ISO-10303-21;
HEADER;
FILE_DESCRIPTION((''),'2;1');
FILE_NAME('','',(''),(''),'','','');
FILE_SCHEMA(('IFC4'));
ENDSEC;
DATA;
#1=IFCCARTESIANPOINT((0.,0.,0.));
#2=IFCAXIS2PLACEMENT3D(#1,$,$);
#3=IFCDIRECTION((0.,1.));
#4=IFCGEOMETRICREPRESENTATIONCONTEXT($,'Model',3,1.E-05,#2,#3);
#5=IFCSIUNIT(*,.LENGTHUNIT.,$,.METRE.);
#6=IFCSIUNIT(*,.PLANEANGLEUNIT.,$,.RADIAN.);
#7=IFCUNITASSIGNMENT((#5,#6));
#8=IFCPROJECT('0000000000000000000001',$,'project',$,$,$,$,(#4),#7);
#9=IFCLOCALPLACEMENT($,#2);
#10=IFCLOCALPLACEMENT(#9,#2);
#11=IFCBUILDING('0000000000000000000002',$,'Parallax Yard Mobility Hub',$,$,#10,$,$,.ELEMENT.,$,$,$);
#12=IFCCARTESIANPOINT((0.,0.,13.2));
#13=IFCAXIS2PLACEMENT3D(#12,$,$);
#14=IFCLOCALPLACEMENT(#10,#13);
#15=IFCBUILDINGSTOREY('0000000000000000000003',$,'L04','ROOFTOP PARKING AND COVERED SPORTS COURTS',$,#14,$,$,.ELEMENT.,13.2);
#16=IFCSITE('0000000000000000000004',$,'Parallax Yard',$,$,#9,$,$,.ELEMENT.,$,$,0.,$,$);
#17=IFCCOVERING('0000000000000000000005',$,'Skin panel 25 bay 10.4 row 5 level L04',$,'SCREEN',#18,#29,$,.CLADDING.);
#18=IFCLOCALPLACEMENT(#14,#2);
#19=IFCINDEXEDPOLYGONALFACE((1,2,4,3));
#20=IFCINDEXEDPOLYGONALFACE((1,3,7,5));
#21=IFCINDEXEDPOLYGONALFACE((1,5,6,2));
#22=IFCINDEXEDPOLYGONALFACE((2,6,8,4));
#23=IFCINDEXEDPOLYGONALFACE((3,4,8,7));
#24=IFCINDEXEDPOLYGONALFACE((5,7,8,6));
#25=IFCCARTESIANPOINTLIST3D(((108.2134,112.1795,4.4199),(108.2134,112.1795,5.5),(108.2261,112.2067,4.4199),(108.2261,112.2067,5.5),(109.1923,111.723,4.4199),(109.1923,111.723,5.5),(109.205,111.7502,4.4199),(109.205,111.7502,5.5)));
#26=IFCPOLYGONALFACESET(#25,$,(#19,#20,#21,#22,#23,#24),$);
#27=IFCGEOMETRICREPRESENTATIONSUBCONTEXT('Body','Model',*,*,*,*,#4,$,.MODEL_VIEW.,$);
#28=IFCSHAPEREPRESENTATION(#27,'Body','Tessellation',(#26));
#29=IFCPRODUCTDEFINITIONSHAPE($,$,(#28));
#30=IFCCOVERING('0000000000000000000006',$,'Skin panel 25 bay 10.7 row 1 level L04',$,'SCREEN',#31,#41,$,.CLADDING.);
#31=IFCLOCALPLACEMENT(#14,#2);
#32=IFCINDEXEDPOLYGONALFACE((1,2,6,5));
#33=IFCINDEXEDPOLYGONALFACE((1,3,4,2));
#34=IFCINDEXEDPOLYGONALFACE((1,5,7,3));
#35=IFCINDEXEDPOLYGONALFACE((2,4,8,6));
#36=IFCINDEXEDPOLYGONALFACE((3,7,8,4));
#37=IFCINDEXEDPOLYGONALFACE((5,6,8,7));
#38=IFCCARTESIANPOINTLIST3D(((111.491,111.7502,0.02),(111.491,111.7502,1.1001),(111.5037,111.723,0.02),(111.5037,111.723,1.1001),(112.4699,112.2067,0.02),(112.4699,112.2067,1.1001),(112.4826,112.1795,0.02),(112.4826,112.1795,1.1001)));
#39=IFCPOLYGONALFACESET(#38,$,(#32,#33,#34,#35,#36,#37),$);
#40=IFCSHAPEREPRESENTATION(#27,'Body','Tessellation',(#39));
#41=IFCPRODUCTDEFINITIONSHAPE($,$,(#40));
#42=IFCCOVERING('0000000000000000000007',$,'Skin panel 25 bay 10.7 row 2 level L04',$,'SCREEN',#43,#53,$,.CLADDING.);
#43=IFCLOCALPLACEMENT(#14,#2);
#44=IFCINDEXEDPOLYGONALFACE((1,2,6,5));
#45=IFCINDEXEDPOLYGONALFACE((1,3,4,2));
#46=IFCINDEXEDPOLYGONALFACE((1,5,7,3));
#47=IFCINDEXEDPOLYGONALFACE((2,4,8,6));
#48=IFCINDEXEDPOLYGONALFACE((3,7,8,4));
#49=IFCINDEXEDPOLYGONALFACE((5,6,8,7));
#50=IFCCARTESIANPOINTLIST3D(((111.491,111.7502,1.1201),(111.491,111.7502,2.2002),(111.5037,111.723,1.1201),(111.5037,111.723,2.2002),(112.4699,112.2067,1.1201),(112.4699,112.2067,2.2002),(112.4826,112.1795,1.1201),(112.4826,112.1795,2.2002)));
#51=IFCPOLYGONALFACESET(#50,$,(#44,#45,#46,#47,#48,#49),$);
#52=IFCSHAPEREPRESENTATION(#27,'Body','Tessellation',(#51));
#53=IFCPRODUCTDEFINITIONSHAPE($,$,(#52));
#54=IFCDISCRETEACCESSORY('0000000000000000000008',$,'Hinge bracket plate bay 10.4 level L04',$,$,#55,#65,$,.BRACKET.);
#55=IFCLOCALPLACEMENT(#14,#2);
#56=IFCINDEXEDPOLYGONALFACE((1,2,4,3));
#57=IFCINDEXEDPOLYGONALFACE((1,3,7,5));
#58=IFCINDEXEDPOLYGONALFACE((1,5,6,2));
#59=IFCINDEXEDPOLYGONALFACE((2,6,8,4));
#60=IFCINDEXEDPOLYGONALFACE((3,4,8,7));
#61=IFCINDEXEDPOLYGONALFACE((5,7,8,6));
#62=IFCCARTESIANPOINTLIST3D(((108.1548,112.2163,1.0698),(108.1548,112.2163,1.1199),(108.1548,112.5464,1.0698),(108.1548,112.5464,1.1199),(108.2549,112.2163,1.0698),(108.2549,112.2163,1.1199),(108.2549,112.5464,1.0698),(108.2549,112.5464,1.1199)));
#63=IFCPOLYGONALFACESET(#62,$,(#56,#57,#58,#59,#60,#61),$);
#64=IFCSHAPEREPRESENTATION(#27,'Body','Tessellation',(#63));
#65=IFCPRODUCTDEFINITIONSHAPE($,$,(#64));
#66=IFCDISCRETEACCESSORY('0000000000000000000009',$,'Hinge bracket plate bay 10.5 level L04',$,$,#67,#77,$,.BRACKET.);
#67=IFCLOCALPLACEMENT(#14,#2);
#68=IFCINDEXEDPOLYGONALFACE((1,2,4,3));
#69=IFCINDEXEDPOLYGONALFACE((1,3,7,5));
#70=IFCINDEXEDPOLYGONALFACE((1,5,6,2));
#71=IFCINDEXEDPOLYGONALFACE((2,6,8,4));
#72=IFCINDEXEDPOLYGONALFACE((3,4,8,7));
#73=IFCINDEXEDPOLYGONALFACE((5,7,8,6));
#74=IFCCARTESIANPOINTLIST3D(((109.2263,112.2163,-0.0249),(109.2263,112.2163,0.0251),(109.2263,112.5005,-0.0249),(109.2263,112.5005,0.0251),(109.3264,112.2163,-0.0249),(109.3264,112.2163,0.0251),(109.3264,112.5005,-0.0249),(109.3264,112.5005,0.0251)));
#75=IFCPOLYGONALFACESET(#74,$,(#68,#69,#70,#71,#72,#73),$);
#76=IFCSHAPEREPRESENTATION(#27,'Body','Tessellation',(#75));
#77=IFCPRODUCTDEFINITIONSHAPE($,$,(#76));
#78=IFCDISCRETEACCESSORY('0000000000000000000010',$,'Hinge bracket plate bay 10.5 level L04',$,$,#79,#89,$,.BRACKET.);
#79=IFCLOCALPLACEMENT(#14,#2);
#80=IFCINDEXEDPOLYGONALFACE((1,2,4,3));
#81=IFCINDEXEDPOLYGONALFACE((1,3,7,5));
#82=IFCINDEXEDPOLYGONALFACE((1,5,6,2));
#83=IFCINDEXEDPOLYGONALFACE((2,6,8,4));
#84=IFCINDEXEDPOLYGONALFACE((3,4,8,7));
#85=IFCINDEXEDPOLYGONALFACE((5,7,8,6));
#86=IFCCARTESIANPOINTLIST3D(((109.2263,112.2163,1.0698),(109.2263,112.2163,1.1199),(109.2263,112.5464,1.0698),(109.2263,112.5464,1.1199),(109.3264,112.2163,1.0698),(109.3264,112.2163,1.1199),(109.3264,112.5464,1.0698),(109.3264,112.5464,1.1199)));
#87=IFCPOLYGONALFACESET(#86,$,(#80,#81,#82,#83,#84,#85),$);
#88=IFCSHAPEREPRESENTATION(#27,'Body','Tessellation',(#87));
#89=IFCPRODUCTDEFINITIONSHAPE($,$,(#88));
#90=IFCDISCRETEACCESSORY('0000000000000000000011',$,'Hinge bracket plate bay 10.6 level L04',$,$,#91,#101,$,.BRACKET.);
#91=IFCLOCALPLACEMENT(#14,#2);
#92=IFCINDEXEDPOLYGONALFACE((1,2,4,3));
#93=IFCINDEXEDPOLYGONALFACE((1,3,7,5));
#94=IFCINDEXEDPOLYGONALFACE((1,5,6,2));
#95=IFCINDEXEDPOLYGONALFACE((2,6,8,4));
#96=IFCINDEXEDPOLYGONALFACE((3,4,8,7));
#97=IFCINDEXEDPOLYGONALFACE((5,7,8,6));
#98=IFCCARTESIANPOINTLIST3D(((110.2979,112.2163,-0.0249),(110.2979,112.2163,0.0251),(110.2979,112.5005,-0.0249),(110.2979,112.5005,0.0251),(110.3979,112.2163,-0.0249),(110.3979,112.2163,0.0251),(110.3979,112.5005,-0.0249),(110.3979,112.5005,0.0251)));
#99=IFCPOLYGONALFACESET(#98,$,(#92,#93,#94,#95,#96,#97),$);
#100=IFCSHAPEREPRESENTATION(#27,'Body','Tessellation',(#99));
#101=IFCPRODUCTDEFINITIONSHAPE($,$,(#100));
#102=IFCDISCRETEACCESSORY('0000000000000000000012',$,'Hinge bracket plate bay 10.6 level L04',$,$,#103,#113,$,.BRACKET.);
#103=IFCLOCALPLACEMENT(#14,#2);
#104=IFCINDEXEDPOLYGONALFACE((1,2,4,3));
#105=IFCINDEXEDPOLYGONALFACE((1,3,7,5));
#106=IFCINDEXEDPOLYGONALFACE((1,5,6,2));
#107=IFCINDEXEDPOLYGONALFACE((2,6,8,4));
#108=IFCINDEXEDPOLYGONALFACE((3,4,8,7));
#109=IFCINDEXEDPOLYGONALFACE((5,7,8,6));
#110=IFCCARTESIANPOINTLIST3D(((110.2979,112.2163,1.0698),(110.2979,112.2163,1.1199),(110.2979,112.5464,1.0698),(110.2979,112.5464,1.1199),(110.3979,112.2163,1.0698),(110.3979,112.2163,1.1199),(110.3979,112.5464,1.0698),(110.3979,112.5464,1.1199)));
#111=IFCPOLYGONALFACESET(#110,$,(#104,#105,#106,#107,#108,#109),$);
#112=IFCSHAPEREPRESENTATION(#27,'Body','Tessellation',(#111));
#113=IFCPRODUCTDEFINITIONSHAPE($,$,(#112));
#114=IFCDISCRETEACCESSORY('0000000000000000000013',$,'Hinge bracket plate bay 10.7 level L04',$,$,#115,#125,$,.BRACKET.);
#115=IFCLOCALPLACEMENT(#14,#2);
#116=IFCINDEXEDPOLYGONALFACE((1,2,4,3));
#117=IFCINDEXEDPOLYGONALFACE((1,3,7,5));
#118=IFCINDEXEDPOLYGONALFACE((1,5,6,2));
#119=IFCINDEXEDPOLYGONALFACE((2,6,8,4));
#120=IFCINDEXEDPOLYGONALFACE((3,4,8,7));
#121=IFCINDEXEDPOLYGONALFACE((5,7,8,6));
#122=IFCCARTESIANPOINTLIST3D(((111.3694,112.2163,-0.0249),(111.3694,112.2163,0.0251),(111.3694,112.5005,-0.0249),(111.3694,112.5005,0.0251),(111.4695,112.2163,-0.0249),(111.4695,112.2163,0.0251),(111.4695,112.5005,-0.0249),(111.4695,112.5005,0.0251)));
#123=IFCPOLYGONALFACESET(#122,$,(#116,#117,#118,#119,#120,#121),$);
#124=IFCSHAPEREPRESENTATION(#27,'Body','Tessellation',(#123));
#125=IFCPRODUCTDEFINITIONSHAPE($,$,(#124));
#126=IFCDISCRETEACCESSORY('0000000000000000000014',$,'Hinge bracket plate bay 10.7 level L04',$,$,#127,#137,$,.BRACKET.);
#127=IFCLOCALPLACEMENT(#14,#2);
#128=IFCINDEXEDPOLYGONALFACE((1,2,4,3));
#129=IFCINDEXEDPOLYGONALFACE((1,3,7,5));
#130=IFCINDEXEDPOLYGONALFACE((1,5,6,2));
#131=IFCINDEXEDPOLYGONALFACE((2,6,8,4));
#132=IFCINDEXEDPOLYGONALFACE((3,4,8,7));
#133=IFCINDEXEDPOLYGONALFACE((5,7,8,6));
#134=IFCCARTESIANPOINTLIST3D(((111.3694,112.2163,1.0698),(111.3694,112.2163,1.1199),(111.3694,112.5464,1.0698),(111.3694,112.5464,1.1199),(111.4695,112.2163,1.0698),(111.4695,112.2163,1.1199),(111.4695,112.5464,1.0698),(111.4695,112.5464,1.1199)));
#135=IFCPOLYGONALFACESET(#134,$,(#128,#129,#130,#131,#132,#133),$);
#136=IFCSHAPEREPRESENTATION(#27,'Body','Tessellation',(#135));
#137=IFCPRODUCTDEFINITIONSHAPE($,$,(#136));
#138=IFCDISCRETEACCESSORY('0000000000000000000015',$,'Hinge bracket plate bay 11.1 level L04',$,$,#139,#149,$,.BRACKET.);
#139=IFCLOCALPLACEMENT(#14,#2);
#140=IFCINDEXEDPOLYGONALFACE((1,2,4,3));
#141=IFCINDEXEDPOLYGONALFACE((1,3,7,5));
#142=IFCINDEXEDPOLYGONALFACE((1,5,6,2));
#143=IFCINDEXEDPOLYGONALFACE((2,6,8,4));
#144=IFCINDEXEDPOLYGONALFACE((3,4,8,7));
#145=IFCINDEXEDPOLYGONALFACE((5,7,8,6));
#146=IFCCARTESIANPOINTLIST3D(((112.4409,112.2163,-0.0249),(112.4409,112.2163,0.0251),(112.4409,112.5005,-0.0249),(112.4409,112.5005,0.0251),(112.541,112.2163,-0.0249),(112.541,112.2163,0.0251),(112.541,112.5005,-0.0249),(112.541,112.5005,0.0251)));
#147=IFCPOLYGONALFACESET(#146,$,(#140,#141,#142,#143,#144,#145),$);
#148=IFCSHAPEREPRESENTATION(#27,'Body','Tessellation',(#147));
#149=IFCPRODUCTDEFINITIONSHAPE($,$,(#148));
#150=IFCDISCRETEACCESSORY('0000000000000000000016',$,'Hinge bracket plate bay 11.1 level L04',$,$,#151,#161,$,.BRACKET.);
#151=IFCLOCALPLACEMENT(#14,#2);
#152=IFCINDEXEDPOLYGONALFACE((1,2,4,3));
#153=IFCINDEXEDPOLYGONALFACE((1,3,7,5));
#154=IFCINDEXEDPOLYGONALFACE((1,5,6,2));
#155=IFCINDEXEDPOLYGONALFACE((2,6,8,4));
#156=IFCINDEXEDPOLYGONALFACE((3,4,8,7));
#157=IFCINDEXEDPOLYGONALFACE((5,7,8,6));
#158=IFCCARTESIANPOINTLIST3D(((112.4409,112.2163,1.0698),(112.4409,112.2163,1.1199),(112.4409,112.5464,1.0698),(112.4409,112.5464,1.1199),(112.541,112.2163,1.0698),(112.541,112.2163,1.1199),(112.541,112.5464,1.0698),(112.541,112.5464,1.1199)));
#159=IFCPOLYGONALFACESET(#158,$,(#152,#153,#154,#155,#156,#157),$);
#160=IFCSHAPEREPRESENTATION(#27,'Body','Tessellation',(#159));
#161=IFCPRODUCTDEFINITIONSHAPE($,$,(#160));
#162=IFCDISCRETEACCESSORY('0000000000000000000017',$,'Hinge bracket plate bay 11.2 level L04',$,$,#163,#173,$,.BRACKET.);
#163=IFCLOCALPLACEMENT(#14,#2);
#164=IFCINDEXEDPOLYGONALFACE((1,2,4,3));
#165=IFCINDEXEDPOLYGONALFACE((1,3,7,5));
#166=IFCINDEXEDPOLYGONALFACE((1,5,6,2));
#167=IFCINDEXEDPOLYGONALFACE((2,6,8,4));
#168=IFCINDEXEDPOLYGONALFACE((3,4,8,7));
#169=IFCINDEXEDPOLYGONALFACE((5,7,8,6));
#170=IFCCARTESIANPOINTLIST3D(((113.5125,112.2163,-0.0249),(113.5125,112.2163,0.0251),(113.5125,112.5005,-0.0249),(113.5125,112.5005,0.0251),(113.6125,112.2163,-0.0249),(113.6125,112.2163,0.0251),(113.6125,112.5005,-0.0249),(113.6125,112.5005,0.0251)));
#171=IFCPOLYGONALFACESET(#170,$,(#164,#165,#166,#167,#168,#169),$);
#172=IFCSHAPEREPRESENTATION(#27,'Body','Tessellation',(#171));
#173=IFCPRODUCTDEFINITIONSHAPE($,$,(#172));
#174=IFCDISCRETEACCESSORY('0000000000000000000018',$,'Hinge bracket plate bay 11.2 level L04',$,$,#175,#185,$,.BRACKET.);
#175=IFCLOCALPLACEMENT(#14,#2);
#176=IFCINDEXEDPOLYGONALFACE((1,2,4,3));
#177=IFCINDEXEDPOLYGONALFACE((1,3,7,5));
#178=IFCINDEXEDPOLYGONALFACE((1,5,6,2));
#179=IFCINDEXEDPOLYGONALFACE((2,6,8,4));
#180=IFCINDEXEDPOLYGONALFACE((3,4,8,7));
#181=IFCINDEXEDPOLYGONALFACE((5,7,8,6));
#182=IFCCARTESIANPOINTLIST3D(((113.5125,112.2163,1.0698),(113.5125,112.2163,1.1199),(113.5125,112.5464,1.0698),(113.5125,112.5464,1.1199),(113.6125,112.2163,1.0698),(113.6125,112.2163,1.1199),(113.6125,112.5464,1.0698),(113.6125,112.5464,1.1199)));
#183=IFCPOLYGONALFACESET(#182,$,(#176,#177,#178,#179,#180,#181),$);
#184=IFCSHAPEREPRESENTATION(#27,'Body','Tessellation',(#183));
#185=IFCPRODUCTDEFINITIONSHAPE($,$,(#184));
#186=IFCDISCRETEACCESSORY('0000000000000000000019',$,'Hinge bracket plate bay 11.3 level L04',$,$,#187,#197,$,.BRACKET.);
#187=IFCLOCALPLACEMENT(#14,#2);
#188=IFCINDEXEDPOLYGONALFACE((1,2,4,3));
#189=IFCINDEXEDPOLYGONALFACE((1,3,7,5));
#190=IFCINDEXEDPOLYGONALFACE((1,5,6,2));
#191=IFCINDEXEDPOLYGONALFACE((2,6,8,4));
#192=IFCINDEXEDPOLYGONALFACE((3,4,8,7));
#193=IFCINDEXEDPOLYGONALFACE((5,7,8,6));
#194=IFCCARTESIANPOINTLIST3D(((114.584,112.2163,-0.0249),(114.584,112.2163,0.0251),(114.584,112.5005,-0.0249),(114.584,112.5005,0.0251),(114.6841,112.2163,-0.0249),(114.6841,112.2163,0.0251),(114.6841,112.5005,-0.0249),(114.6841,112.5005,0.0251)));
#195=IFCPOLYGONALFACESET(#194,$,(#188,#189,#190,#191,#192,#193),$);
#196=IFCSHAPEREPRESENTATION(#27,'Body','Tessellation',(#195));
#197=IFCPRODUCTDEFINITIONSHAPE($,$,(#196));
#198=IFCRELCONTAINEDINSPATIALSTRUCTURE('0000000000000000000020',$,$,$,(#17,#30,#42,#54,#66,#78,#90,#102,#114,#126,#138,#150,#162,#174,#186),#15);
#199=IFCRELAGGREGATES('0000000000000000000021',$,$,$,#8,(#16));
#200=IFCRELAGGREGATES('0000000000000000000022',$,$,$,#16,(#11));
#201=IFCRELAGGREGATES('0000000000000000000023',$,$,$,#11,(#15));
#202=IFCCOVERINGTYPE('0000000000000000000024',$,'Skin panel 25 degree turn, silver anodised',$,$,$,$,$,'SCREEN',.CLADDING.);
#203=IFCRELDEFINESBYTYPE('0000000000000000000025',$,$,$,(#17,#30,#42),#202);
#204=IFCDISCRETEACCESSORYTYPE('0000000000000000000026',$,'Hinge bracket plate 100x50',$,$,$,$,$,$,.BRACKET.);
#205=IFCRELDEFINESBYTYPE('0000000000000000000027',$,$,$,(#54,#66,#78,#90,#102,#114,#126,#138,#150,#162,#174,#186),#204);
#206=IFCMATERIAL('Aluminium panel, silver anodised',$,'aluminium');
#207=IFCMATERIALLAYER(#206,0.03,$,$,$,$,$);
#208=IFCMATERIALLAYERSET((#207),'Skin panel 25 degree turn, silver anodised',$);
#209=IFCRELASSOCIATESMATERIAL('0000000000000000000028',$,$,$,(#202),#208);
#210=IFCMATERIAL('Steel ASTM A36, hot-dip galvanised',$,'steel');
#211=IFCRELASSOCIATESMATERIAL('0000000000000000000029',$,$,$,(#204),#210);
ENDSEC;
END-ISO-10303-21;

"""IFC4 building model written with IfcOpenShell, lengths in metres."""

from ifc_helpers import new_model, si_unit, direction, frame, origin, origin_2d, place, context, subcontext, project, spatial, rectangle, extrude, material, layer, layer_set, type_object, element, save


model = new_model("IFC4")

# Units and contexts
model_context = context("Model", 3, precision=1e-05, world=origin(), true_north=direction((0.0, 1.0)))
body_context = subcontext(model_context, "Body", "Model", "MODEL_VIEW")
ifc_project = project(units=[si_unit("LENGTHUNIT", "METRE"), si_unit("PLANEANGLEUNIT", "RADIAN")], contexts=[model_context])

# Site, building, storey
site_placement = place(None, origin())
site = spatial("IfcSite", under=ifc_project, at=site_placement, Name="Parallax Yard", CompositionType="ELEMENT", RefElevation=0.0)
building_placement = place(site_placement, origin())
building = spatial("IfcBuilding", under=site, at=building_placement, Name="Parallax Yard Mobility Hub", CompositionType="ELEMENT")
storey_placement = place(building_placement, frame((0.0, 0.0, 13.2)))
storey = spatial("IfcBuildingStorey", under=building, at=storey_placement, Name="L04", Description="ROOFTOP PARKING AND COVERED SPORTS COURTS", CompositionType="ELEMENT", Elevation=13.2)

# Coverings
ifc_material_1 = material(Name="Aluminium panel, silver anodised", Category="aluminium")
ifc_layer_1 = layer(ifc_material_1, 0.03)
ifc_layer_set_1 = layer_set([ifc_layer_1], Name="Skin panel 25 degree turn, silver anodised")
covering_type_1 = type_object("IfcCoveringType", Name="Skin panel 25 degree turn, silver anodised", ElementType="SCREEN", PredefinedType="CLADDING", material=ifc_layer_set_1)
for number, where, z_axis, x_axis, name in (
    (1, (108.7092, 111.9648, 4.4199), (0.0, 0.0, 1.0), (0.906308, -0.422618, 0.0), "Skin panel 25 bay 10.4 row 5 level L04"),
    (2, (111.9868, 111.9648, 0.02), (0.0, 0.0, 1.0), (-0.906308, -0.422618, 0.0), "Skin panel 25 bay 10.7 row 1 level L04"),
    (3, (111.9868, 111.9648, 1.1201), (0.0, 0.0, 1.0), (-0.906308, -0.422618, 0.0), "Skin panel 25 bay 10.7 row 2 level L04"),
):
    element("IfcCovering", number, at=place(storey_placement, frame(where, z_axis=z_axis, x_axis=x_axis)), inside=storey, type_object=covering_type_1, Name=name, ObjectType="SCREEN", PredefinedType="CLADDING", context=body_context, shape_type="SweptSolid", body=[
        extrude(rectangle(XDim=1.0801, YDim=0.03, at=origin_2d()), origin(), (0.0, 0.0, 1.0), 1.0801),
    ])

# Discrete accessories
ifc_material_2 = material(Name="Steel ASTM A36, hot-dip galvanised", Category="steel")
discrete_accessory_type_1 = type_object("IfcDiscreteAccessoryType", Name="Hinge bracket plate 100x50", PredefinedType="BRACKET", material=ifc_material_2)
discrete_accessory_1_placement = place(storey_placement, frame((108.2048, 112.3813, 1.0698), z_axis=(0.0, 0.0, 1.0), x_axis=(0.0, -1.0, 0.0)))
element("IfcDiscreteAccessory", 4, at=discrete_accessory_1_placement, inside=storey, type_object=discrete_accessory_type_1, Name="Hinge bracket plate bay 10.4 level L04", PredefinedType="BRACKET", context=body_context, shape_type="SweptSolid", body=[
    extrude(rectangle(XDim=0.3301, YDim=0.1001, at=origin_2d()), origin(), (0.0, 0.0, 1.0), 0.05),
])
discrete_accessory_2_placement = place(storey_placement, frame((109.2764, 112.3584, -0.0249), z_axis=(0.0, 0.0, 1.0), x_axis=(0.0, -1.0, 0.0)))
element("IfcDiscreteAccessory", 5, at=discrete_accessory_2_placement, inside=storey, type_object=discrete_accessory_type_1, Name="Hinge bracket plate bay 10.5 level L04", PredefinedType="BRACKET", context=body_context, shape_type="SweptSolid", body=[
    extrude(rectangle(XDim=0.2842, YDim=0.1001, at=origin_2d()), origin(), (0.0, 0.0, 1.0), 0.05),
])
discrete_accessory_3_placement = place(storey_placement, frame((109.2764, 112.3813, 1.0698), z_axis=(0.0, 0.0, 1.0), x_axis=(0.0, -1.0, 0.0)))
element("IfcDiscreteAccessory", 6, at=discrete_accessory_3_placement, inside=storey, type_object=discrete_accessory_type_1, Name="Hinge bracket plate bay 10.5 level L04", PredefinedType="BRACKET", context=body_context, shape_type="SweptSolid", body=[
    extrude(rectangle(XDim=0.3301, YDim=0.1001, at=origin_2d()), origin(), (0.0, 0.0, 1.0), 0.05),
])
discrete_accessory_4_placement = place(storey_placement, frame((110.3479, 112.3584, -0.0249), z_axis=(0.0, 0.0, 1.0), x_axis=(0.0, -1.0, 0.0)))
element("IfcDiscreteAccessory", 7, at=discrete_accessory_4_placement, inside=storey, type_object=discrete_accessory_type_1, Name="Hinge bracket plate bay 10.6 level L04", PredefinedType="BRACKET", context=body_context, shape_type="SweptSolid", body=[
    extrude(rectangle(XDim=0.2842, YDim=0.1001, at=origin_2d()), origin(), (0.0, 0.0, 1.0), 0.05),
])
discrete_accessory_5_placement = place(storey_placement, frame((110.3479, 112.3813, 1.0698), z_axis=(0.0, 0.0, 1.0), x_axis=(0.0, -1.0, 0.0)))
element("IfcDiscreteAccessory", 8, at=discrete_accessory_5_placement, inside=storey, type_object=discrete_accessory_type_1, Name="Hinge bracket plate bay 10.6 level L04", PredefinedType="BRACKET", context=body_context, shape_type="SweptSolid", body=[
    extrude(rectangle(XDim=0.3301, YDim=0.1001, at=origin_2d()), origin(), (0.0, 0.0, 1.0), 0.05),
])
discrete_accessory_6_placement = place(storey_placement, frame((111.4194, 112.3584, -0.0249), z_axis=(0.0, 0.0, 1.0), x_axis=(0.0, -1.0, 0.0)))
element("IfcDiscreteAccessory", 9, at=discrete_accessory_6_placement, inside=storey, type_object=discrete_accessory_type_1, Name="Hinge bracket plate bay 10.7 level L04", PredefinedType="BRACKET", context=body_context, shape_type="SweptSolid", body=[
    extrude(rectangle(XDim=0.2842, YDim=0.1001, at=origin_2d()), origin(), (0.0, 0.0, 1.0), 0.05),
])
discrete_accessory_7_placement = place(storey_placement, frame((111.4194, 112.3813, 1.0698), z_axis=(0.0, 0.0, 1.0), x_axis=(0.0, -1.0, 0.0)))
element("IfcDiscreteAccessory", 10, at=discrete_accessory_7_placement, inside=storey, type_object=discrete_accessory_type_1, Name="Hinge bracket plate bay 10.7 level L04", PredefinedType="BRACKET", context=body_context, shape_type="SweptSolid", body=[
    extrude(rectangle(XDim=0.3301, YDim=0.1001, at=origin_2d()), origin(), (0.0, 0.0, 1.0), 0.05),
])
discrete_accessory_8_placement = place(storey_placement, frame((112.491, 112.3584, -0.0249), z_axis=(0.0, 0.0, 1.0), x_axis=(0.0, -1.0, 0.0)))
element("IfcDiscreteAccessory", 11, at=discrete_accessory_8_placement, inside=storey, type_object=discrete_accessory_type_1, Name="Hinge bracket plate bay 11.1 level L04", PredefinedType="BRACKET", context=body_context, shape_type="SweptSolid", body=[
    extrude(rectangle(XDim=0.2842, YDim=0.1001, at=origin_2d()), origin(), (0.0, 0.0, 1.0), 0.05),
])
discrete_accessory_9_placement = place(storey_placement, frame((112.491, 112.3813, 1.0698), z_axis=(0.0, 0.0, 1.0), x_axis=(0.0, -1.0, 0.0)))
element("IfcDiscreteAccessory", 12, at=discrete_accessory_9_placement, inside=storey, type_object=discrete_accessory_type_1, Name="Hinge bracket plate bay 11.1 level L04", PredefinedType="BRACKET", context=body_context, shape_type="SweptSolid", body=[
    extrude(rectangle(XDim=0.3301, YDim=0.1001, at=origin_2d()), origin(), (0.0, 0.0, 1.0), 0.05),
])
discrete_accessory_10_placement = place(storey_placement, frame((113.5625, 112.3584, -0.0249), z_axis=(0.0, 0.0, 1.0), x_axis=(0.0, -1.0, 0.0)))
element("IfcDiscreteAccessory", 13, at=discrete_accessory_10_placement, inside=storey, type_object=discrete_accessory_type_1, Name="Hinge bracket plate bay 11.2 level L04", PredefinedType="BRACKET", context=body_context, shape_type="SweptSolid", body=[
    extrude(rectangle(XDim=0.2842, YDim=0.1001, at=origin_2d()), origin(), (0.0, 0.0, 1.0), 0.05),
])
discrete_accessory_11_placement = place(storey_placement, frame((113.5625, 112.3813, 1.0698), z_axis=(0.0, 0.0, 1.0), x_axis=(0.0, -1.0, 0.0)))
element("IfcDiscreteAccessory", 14, at=discrete_accessory_11_placement, inside=storey, type_object=discrete_accessory_type_1, Name="Hinge bracket plate bay 11.2 level L04", PredefinedType="BRACKET", context=body_context, shape_type="SweptSolid", body=[
    extrude(rectangle(XDim=0.3301, YDim=0.1001, at=origin_2d()), origin(), (0.0, 0.0, 1.0), 0.05),
])
discrete_accessory_12_placement = place(storey_placement, frame((114.634, 112.3584, -0.0249), z_axis=(0.0, 0.0, 1.0), x_axis=(0.0, -1.0, 0.0)))
element("IfcDiscreteAccessory", 15, at=discrete_accessory_12_placement, inside=storey, type_object=discrete_accessory_type_1, Name="Hinge bracket plate bay 11.3 level L04", PredefinedType="BRACKET", context=body_context, shape_type="SweptSolid", body=[
    extrude(rectangle(XDim=0.2842, YDim=0.1001, at=origin_2d()), origin(), (0.0, 0.0, 1.0), 0.05),
])

save(model, "model.ifc")
